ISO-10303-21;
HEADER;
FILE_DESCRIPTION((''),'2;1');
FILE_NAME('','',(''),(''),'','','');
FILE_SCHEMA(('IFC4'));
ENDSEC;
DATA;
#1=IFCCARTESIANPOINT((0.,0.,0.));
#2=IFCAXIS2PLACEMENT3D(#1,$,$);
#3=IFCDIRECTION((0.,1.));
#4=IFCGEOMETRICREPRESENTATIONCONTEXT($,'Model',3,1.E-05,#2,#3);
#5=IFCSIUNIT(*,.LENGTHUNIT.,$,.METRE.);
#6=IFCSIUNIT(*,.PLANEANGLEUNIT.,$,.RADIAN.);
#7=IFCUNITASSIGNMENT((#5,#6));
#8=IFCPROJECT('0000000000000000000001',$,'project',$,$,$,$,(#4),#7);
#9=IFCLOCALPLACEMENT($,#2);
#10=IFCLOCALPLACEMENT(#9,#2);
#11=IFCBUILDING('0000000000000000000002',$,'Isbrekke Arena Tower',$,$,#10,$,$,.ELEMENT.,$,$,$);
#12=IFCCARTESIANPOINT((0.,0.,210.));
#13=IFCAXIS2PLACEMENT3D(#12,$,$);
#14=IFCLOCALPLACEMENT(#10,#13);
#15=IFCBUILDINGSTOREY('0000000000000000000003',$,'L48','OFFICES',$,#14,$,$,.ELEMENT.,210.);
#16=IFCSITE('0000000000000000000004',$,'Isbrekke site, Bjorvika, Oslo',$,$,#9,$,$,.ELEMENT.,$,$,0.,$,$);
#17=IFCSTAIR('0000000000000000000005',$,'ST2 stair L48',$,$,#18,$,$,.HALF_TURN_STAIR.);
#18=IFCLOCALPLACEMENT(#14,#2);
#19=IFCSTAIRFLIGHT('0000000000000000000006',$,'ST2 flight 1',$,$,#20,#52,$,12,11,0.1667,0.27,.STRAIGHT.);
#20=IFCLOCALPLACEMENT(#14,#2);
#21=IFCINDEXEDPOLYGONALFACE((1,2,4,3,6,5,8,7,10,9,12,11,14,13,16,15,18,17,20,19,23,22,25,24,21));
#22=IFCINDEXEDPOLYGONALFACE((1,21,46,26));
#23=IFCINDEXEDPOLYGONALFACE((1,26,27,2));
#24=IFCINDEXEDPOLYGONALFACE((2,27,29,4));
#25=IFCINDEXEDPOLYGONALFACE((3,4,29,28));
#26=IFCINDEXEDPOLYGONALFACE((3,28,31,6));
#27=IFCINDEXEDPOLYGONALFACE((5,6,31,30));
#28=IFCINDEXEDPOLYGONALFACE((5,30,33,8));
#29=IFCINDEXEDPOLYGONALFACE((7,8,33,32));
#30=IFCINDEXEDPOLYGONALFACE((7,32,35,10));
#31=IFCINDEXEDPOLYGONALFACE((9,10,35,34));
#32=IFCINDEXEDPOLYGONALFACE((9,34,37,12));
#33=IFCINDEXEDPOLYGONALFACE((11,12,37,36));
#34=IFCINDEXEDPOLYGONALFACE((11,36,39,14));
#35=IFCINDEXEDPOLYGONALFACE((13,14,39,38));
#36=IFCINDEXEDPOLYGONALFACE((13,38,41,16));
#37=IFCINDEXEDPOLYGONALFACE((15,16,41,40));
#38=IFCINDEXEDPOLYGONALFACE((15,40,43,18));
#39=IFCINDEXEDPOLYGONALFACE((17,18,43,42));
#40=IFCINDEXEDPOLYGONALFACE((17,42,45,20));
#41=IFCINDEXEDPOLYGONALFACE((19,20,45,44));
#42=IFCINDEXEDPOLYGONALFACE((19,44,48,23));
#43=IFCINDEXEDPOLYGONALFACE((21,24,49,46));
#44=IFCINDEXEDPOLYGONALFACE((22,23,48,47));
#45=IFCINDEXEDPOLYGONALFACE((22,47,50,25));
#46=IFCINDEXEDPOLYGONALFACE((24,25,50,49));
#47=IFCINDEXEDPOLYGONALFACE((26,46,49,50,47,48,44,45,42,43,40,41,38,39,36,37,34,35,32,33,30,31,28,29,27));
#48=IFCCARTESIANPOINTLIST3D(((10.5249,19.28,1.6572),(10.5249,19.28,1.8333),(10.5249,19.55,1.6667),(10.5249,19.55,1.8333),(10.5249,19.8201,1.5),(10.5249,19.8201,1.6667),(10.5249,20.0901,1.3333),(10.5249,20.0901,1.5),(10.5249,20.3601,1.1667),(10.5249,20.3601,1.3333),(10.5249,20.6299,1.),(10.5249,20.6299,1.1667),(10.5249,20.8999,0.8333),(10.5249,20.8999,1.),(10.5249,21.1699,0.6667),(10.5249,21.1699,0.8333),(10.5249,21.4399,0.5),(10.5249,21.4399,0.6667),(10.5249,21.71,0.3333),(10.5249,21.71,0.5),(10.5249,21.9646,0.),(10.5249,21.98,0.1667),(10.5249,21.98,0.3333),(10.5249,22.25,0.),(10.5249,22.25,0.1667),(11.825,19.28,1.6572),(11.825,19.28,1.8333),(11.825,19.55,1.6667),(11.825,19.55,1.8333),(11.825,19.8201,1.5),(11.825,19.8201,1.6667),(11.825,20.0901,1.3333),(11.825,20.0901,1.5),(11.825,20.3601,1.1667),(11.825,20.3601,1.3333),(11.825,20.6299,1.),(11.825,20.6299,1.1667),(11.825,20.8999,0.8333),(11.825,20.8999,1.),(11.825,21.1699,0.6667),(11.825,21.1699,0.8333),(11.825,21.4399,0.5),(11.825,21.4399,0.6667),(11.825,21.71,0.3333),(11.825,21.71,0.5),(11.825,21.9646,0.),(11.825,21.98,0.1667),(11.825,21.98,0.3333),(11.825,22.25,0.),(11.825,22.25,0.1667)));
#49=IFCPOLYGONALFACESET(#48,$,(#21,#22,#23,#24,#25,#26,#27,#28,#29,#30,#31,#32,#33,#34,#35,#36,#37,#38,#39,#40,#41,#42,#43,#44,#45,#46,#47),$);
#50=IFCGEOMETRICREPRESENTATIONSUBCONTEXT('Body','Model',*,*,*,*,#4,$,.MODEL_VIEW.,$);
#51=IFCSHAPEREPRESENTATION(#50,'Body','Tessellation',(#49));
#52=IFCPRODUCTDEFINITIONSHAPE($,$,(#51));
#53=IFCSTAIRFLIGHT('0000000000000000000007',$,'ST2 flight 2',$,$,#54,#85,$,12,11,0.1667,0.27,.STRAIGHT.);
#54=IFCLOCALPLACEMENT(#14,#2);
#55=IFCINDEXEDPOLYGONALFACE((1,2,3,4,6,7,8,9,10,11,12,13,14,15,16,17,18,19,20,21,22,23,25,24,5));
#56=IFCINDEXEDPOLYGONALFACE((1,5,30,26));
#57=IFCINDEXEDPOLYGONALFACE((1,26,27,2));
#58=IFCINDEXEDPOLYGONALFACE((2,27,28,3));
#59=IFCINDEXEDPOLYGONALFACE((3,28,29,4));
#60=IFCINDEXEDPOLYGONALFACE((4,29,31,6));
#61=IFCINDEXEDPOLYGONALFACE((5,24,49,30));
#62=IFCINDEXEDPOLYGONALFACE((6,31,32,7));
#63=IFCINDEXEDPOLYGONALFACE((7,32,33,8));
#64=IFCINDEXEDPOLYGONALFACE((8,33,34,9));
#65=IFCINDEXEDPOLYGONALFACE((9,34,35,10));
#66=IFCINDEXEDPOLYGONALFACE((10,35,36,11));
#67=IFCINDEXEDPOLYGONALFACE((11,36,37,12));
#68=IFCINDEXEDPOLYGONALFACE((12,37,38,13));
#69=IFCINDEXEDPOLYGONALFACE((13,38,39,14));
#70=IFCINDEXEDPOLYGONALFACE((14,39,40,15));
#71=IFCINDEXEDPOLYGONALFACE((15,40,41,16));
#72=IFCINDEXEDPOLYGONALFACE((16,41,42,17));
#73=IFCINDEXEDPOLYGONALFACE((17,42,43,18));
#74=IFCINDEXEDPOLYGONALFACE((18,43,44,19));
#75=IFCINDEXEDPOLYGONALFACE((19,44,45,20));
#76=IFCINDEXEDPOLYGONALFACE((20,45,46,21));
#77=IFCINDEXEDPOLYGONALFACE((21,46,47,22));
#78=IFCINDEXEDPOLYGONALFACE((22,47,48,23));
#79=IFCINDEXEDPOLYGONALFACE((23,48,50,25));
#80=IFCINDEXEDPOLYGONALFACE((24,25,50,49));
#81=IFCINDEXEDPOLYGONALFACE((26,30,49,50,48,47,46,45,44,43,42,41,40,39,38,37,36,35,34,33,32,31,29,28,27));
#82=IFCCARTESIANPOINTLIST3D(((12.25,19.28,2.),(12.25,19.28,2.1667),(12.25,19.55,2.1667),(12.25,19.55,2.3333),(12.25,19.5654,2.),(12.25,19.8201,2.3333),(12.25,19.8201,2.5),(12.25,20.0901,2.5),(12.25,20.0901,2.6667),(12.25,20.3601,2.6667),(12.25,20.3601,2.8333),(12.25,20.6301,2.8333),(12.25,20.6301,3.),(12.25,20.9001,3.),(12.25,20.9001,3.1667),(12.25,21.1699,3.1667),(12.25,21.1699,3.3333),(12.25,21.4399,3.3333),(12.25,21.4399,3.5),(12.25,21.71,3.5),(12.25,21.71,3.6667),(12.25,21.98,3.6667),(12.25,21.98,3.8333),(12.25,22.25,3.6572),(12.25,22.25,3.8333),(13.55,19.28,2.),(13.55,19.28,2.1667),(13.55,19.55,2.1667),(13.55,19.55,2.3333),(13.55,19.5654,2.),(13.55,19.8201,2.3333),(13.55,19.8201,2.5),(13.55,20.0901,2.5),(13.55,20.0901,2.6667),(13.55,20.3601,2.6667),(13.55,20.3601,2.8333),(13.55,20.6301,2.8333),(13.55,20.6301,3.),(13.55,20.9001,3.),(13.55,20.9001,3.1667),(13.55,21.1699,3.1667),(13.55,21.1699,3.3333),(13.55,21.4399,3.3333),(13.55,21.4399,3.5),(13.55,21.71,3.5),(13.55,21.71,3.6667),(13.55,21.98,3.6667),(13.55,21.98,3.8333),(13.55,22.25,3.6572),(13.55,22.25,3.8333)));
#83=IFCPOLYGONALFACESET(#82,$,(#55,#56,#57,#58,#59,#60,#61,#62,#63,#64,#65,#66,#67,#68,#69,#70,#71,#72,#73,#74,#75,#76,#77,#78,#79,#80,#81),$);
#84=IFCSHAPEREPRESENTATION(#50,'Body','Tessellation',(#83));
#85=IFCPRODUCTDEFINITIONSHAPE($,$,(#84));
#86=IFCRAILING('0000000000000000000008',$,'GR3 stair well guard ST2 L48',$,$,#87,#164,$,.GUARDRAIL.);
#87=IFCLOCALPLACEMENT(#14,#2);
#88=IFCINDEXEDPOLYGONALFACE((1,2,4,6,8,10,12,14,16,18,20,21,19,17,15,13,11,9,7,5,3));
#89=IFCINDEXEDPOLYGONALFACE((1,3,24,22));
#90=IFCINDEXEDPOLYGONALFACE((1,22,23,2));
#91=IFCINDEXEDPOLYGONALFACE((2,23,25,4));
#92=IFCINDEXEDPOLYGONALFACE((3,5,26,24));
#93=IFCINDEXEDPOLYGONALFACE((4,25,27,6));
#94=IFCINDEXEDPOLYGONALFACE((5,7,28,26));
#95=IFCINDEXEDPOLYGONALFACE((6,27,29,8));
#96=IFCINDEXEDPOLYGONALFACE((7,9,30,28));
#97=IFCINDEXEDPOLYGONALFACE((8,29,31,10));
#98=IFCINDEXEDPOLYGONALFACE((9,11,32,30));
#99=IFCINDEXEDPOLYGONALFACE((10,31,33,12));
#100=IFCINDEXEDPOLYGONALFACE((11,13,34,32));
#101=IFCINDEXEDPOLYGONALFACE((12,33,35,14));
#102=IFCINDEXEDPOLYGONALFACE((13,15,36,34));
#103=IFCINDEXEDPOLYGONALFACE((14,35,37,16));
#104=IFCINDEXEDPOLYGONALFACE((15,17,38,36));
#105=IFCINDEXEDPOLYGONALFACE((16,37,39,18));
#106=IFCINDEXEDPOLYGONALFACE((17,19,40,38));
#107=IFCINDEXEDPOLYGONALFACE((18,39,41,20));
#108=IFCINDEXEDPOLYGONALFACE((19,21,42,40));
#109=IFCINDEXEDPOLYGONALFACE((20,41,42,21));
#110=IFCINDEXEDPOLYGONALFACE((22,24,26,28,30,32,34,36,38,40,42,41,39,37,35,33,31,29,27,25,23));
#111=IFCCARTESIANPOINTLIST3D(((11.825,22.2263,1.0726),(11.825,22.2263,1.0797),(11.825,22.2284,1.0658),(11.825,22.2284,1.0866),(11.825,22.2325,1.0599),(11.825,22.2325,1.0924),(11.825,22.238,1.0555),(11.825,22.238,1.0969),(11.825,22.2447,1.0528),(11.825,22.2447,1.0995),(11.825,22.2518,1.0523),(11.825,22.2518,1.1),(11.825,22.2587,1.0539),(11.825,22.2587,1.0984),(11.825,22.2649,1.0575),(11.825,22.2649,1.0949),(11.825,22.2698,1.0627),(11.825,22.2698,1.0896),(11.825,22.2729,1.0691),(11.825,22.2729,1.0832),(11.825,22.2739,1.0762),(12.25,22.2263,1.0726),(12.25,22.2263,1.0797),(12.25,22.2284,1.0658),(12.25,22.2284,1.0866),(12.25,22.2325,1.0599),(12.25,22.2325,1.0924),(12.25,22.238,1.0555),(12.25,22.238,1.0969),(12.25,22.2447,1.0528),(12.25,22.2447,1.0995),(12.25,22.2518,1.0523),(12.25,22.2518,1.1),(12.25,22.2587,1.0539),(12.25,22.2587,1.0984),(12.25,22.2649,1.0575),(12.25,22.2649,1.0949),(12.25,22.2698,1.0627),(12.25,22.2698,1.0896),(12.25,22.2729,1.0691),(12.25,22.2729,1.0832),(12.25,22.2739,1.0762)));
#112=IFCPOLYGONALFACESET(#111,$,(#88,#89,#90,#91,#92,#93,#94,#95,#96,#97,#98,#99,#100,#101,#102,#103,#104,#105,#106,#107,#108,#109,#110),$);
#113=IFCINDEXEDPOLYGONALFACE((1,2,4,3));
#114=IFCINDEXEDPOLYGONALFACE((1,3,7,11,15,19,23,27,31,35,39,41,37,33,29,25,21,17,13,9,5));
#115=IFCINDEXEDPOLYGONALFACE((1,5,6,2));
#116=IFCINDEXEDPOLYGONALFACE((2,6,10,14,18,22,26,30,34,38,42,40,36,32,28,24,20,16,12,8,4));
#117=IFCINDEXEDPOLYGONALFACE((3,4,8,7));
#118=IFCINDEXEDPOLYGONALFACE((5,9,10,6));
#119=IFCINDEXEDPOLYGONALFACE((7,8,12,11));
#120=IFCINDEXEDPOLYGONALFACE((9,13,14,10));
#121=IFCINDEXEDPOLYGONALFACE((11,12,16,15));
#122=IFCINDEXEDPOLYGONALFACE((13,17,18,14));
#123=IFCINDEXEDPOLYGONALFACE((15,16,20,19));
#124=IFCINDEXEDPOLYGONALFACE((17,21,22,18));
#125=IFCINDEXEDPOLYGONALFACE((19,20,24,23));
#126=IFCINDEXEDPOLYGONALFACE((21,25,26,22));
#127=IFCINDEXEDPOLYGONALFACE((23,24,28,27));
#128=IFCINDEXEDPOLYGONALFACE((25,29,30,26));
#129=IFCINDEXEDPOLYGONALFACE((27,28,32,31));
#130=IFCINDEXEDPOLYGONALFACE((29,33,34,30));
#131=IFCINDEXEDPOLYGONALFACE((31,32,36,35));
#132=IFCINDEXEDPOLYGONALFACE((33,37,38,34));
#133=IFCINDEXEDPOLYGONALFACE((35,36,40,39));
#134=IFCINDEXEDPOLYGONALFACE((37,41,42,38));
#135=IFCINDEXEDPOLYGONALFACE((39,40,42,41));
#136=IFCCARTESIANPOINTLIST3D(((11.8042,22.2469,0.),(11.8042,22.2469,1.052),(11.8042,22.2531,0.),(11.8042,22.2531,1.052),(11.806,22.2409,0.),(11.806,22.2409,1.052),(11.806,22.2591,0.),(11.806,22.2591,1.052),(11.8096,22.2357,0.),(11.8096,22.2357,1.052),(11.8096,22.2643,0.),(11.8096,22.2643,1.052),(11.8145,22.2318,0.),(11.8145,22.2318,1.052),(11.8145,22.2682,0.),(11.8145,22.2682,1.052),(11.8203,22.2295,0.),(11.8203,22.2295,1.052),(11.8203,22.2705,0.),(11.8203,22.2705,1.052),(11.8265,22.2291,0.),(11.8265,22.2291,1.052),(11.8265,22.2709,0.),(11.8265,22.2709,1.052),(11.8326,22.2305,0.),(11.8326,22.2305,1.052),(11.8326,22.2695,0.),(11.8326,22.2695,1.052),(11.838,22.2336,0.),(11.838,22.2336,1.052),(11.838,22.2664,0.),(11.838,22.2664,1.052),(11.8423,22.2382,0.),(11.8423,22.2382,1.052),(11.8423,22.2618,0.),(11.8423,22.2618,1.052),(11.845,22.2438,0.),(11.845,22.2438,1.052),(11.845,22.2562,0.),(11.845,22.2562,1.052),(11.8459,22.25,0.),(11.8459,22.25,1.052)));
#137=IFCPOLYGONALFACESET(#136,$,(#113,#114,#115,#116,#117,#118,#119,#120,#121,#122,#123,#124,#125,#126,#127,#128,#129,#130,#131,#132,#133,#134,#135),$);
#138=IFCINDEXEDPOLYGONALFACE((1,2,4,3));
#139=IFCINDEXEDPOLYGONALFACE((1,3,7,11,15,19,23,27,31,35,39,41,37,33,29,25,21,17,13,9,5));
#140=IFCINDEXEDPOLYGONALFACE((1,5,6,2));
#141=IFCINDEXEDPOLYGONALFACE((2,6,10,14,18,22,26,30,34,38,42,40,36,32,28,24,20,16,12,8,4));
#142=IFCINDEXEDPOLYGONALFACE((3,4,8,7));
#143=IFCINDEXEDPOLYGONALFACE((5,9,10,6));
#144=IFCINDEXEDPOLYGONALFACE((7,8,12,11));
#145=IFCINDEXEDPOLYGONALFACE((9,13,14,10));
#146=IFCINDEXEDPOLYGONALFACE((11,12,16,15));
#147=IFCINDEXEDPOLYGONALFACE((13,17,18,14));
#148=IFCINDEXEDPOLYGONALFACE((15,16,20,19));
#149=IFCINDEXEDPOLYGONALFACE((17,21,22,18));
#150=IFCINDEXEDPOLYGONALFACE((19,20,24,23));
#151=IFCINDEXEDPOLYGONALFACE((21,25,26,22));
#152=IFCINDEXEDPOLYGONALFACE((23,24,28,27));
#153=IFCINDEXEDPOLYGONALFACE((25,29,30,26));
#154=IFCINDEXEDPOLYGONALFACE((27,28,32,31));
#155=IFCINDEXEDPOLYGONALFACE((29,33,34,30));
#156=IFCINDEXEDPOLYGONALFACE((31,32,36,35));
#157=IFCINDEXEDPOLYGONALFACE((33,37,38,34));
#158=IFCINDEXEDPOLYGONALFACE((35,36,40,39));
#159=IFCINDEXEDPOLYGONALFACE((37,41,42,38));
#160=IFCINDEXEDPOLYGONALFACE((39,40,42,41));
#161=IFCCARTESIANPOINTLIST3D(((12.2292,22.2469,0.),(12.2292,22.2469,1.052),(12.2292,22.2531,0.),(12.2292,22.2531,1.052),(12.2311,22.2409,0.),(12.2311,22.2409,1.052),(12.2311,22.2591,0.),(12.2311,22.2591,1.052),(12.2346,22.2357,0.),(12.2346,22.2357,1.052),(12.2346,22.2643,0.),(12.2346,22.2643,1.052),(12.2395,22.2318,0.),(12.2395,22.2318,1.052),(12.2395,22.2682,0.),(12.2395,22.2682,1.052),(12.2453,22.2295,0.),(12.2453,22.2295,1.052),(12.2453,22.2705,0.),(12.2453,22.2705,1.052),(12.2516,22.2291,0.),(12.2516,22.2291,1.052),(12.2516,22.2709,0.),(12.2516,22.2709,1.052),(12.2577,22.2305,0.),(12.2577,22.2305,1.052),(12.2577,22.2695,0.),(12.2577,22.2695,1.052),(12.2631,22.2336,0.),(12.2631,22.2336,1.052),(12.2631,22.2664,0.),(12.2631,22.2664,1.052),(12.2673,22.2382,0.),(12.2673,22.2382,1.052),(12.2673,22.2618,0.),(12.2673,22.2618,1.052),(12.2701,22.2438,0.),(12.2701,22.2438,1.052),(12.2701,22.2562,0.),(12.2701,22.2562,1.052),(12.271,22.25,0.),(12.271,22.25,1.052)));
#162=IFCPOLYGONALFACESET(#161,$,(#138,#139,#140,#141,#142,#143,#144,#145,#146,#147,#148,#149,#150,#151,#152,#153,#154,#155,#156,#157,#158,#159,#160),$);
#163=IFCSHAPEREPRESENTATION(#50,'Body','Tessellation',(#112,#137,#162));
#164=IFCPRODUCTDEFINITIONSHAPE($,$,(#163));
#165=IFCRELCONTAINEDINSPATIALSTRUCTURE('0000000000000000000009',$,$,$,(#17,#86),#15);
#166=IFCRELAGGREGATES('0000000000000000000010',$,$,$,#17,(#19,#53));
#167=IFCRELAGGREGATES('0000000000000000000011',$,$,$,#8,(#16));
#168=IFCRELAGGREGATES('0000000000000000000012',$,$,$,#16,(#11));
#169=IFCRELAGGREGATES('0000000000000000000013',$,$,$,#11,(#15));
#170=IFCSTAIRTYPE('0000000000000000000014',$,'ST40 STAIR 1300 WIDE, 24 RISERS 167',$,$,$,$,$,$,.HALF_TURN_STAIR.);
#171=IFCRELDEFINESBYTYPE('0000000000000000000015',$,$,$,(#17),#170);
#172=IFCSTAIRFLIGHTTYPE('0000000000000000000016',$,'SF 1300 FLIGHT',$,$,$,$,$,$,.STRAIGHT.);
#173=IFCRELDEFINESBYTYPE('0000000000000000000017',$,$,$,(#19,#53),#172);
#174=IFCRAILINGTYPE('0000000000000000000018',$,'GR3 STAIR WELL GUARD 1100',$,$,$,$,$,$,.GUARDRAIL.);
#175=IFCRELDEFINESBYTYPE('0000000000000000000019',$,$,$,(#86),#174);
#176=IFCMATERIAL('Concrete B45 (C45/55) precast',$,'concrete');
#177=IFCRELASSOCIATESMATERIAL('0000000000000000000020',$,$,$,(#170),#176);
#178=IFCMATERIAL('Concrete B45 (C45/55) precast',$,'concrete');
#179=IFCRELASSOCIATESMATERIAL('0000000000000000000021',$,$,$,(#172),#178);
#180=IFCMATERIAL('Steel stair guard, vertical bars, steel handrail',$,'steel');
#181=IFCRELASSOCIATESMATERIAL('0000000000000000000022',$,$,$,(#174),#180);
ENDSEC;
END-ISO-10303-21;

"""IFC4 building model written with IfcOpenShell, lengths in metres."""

from ifc_helpers import new_model, si_unit, direction, frame, origin, origin_2d, place, context, subcontext, project, spatial, polyline, circle, outline, extrude, material, type_object, element, aggregate, save


model = new_model("IFC4")

# Units and contexts
model_context = context("Model", 3, precision=1e-05, world=origin(), true_north=direction((0.0, 1.0)))
body_context = subcontext(model_context, "Body", "Model", "MODEL_VIEW")
ifc_project = project(units=[si_unit("LENGTHUNIT", "METRE"), si_unit("PLANEANGLEUNIT", "RADIAN")], contexts=[model_context])

# Site, building, storey
site_placement = place(None, origin())
site = spatial("IfcSite", under=ifc_project, at=site_placement, Name="Isbrekke site, Bjorvika, Oslo", CompositionType="ELEMENT", RefElevation=0.0)
building_placement = place(site_placement, origin())
building = spatial("IfcBuilding", under=site, at=building_placement, Name="Isbrekke Arena Tower", CompositionType="ELEMENT")
storey_placement = place(building_placement, frame((0.0, 0.0, 210.0)))
storey = spatial("IfcBuildingStorey", under=building, at=storey_placement, Name="L48", Description="OFFICES", CompositionType="ELEMENT", Elevation=210.0)

# Stair, stair flights
ifc_material_1 = material(Name="Concrete B45 (C45/55) precast", Category="concrete")
stair_type = type_object("IfcStairType", Name="ST40 STAIR 1300 WIDE, 24 RISERS 167", PredefinedType="HALF_TURN_STAIR", material=ifc_material_1)
stair_placement = place(storey_placement, origin())
stair = element("IfcStair", 1, at=stair_placement, inside=storey, type_object=stair_type, Name="ST2 stair L48", PredefinedType="HALF_TURN_STAIR")
ifc_material_2 = material(Name="Concrete B45 (C45/55) precast", Category="concrete")
stair_flight_type = type_object("IfcStairFlightType", Name="SF 1300 FLIGHT", PredefinedType="STRAIGHT", material=ifc_material_2)
stair_flight_1_placement = place(storey_placement, frame((11.175, 22.25, 0.0), z_axis=(0.0, 0.0, 1.0), x_axis=(0.0, -1.0, 0.0)))
stair_flight_1 = element("IfcStairFlight", 2, at=stair_flight_1_placement, type_object=stair_flight_type, Name="ST2 flight 1", NumberOfRisers=12, NumberOfTreads=11, PredefinedType="STRAIGHT", RiserHeight=0.1667, TreadLength=0.27, context=body_context, shape_type="SweptSolid", body=[
    extrude(outline(polyline([(0.0, 0.0), (0.0, 0.1667), (0.27, 0.1667), (0.27, 0.3333), (0.54, 0.3333), (0.54, 0.5), (0.8101, 0.5), (0.8101, 0.6667), (1.0801, 0.6667), (1.0801, 0.8333), (1.3501, 0.8333), (1.3501, 1.0), (1.6201, 1.0), (1.6201, 1.1667), (1.8899, 1.1667), (1.8899, 1.3333), (2.1599, 1.3333), (2.1599, 1.5), (2.4299, 1.5), (2.4299, 1.6667), (2.7, 1.6667), (2.7, 1.8333), (2.97, 1.8333), (2.97, 2.0), (2.97, 1.6572), (0.2854, 0.0), (0.0, 0.0)])), frame((0.0, 0.6499, 0.0), z_axis=(0.0, -1.0, 0.0), x_axis=(1.0, 0.0, 0.0)), (0.0, 0.0, 1.0), 1.3),
])
stair_flight_2_placement = place(storey_placement, frame((12.8999, 19.28, 2.0), z_axis=(0.0, 0.0, 1.0), x_axis=(0.0, 1.0, 0.0)))
stair_flight_2 = element("IfcStairFlight", 3, at=stair_flight_2_placement, type_object=stair_flight_type, Name="ST2 flight 2", NumberOfRisers=12, NumberOfTreads=11, PredefinedType="STRAIGHT", RiserHeight=0.1667, TreadLength=0.27, context=body_context, shape_type="SweptSolid", body=[
    extrude(outline(polyline([(0.0, 0.0), (0.0, 0.1667), (0.27, 0.1667), (0.27, 0.3333), (0.54, 0.3333), (0.54, 0.5), (0.8101, 0.5), (0.8101, 0.6667), (1.0801, 0.6667), (1.0801, 0.8333), (1.3501, 0.8333), (1.3501, 1.0), (1.6201, 1.0), (1.6201, 1.1667), (1.8899, 1.1667), (1.8899, 1.3333), (2.1599, 1.3333), (2.1599, 1.5), (2.4299, 1.5), (2.4299, 1.6667), (2.7, 1.6667), (2.7, 1.8333), (2.97, 1.8333), (2.97, 2.0), (2.97, 1.6572), (0.2854, 0.0), (0.0, 0.0)])), frame((0.0, 0.6499, 0.0), z_axis=(0.0, -1.0, 0.0), x_axis=(1.0, 0.0, 0.0)), (0.0, 0.0, 1.0), 1.3),
])
aggregate(stair, [stair_flight_1, stair_flight_2])

# Railing
ifc_material_3 = material(Name="Steel stair guard, vertical bars, steel handrail", Category="steel")
railing_type = type_object("IfcRailingType", Name="GR3 STAIR WELL GUARD 1100", PredefinedType="GUARDRAIL", material=ifc_material_3)
for number, where, name in (
    (4, (11.825, 22.25, 0.0), "GR3 stair well guard ST2 L48"),
):
    element("IfcRailing", number, at=place(storey_placement, frame(where)), inside=storey, type_object=railing_type, Name=name, PredefinedType="GUARDRAIL", context=body_context, shape_type="SweptSolid", body=[
        extrude(circle(Radius=0.0239, at=origin_2d()), frame((0.0, 0.0, 1.0762), z_axis=(1.0, 0.0, 0.0), x_axis=(0.0, 1.0, 0.0)), (0.0, 0.0, 1.0), 0.425),
        extrude(circle(Radius=0.021, at=origin_2d()), origin(), (0.0, 0.0, 1.0), 1.052),
        extrude(circle(Radius=0.021, at=origin_2d()), frame((0.425, 0.0, 0.0)), (0.0, 0.0, 1.0), 1.052),
    ])

save(model, "model.ifc")
